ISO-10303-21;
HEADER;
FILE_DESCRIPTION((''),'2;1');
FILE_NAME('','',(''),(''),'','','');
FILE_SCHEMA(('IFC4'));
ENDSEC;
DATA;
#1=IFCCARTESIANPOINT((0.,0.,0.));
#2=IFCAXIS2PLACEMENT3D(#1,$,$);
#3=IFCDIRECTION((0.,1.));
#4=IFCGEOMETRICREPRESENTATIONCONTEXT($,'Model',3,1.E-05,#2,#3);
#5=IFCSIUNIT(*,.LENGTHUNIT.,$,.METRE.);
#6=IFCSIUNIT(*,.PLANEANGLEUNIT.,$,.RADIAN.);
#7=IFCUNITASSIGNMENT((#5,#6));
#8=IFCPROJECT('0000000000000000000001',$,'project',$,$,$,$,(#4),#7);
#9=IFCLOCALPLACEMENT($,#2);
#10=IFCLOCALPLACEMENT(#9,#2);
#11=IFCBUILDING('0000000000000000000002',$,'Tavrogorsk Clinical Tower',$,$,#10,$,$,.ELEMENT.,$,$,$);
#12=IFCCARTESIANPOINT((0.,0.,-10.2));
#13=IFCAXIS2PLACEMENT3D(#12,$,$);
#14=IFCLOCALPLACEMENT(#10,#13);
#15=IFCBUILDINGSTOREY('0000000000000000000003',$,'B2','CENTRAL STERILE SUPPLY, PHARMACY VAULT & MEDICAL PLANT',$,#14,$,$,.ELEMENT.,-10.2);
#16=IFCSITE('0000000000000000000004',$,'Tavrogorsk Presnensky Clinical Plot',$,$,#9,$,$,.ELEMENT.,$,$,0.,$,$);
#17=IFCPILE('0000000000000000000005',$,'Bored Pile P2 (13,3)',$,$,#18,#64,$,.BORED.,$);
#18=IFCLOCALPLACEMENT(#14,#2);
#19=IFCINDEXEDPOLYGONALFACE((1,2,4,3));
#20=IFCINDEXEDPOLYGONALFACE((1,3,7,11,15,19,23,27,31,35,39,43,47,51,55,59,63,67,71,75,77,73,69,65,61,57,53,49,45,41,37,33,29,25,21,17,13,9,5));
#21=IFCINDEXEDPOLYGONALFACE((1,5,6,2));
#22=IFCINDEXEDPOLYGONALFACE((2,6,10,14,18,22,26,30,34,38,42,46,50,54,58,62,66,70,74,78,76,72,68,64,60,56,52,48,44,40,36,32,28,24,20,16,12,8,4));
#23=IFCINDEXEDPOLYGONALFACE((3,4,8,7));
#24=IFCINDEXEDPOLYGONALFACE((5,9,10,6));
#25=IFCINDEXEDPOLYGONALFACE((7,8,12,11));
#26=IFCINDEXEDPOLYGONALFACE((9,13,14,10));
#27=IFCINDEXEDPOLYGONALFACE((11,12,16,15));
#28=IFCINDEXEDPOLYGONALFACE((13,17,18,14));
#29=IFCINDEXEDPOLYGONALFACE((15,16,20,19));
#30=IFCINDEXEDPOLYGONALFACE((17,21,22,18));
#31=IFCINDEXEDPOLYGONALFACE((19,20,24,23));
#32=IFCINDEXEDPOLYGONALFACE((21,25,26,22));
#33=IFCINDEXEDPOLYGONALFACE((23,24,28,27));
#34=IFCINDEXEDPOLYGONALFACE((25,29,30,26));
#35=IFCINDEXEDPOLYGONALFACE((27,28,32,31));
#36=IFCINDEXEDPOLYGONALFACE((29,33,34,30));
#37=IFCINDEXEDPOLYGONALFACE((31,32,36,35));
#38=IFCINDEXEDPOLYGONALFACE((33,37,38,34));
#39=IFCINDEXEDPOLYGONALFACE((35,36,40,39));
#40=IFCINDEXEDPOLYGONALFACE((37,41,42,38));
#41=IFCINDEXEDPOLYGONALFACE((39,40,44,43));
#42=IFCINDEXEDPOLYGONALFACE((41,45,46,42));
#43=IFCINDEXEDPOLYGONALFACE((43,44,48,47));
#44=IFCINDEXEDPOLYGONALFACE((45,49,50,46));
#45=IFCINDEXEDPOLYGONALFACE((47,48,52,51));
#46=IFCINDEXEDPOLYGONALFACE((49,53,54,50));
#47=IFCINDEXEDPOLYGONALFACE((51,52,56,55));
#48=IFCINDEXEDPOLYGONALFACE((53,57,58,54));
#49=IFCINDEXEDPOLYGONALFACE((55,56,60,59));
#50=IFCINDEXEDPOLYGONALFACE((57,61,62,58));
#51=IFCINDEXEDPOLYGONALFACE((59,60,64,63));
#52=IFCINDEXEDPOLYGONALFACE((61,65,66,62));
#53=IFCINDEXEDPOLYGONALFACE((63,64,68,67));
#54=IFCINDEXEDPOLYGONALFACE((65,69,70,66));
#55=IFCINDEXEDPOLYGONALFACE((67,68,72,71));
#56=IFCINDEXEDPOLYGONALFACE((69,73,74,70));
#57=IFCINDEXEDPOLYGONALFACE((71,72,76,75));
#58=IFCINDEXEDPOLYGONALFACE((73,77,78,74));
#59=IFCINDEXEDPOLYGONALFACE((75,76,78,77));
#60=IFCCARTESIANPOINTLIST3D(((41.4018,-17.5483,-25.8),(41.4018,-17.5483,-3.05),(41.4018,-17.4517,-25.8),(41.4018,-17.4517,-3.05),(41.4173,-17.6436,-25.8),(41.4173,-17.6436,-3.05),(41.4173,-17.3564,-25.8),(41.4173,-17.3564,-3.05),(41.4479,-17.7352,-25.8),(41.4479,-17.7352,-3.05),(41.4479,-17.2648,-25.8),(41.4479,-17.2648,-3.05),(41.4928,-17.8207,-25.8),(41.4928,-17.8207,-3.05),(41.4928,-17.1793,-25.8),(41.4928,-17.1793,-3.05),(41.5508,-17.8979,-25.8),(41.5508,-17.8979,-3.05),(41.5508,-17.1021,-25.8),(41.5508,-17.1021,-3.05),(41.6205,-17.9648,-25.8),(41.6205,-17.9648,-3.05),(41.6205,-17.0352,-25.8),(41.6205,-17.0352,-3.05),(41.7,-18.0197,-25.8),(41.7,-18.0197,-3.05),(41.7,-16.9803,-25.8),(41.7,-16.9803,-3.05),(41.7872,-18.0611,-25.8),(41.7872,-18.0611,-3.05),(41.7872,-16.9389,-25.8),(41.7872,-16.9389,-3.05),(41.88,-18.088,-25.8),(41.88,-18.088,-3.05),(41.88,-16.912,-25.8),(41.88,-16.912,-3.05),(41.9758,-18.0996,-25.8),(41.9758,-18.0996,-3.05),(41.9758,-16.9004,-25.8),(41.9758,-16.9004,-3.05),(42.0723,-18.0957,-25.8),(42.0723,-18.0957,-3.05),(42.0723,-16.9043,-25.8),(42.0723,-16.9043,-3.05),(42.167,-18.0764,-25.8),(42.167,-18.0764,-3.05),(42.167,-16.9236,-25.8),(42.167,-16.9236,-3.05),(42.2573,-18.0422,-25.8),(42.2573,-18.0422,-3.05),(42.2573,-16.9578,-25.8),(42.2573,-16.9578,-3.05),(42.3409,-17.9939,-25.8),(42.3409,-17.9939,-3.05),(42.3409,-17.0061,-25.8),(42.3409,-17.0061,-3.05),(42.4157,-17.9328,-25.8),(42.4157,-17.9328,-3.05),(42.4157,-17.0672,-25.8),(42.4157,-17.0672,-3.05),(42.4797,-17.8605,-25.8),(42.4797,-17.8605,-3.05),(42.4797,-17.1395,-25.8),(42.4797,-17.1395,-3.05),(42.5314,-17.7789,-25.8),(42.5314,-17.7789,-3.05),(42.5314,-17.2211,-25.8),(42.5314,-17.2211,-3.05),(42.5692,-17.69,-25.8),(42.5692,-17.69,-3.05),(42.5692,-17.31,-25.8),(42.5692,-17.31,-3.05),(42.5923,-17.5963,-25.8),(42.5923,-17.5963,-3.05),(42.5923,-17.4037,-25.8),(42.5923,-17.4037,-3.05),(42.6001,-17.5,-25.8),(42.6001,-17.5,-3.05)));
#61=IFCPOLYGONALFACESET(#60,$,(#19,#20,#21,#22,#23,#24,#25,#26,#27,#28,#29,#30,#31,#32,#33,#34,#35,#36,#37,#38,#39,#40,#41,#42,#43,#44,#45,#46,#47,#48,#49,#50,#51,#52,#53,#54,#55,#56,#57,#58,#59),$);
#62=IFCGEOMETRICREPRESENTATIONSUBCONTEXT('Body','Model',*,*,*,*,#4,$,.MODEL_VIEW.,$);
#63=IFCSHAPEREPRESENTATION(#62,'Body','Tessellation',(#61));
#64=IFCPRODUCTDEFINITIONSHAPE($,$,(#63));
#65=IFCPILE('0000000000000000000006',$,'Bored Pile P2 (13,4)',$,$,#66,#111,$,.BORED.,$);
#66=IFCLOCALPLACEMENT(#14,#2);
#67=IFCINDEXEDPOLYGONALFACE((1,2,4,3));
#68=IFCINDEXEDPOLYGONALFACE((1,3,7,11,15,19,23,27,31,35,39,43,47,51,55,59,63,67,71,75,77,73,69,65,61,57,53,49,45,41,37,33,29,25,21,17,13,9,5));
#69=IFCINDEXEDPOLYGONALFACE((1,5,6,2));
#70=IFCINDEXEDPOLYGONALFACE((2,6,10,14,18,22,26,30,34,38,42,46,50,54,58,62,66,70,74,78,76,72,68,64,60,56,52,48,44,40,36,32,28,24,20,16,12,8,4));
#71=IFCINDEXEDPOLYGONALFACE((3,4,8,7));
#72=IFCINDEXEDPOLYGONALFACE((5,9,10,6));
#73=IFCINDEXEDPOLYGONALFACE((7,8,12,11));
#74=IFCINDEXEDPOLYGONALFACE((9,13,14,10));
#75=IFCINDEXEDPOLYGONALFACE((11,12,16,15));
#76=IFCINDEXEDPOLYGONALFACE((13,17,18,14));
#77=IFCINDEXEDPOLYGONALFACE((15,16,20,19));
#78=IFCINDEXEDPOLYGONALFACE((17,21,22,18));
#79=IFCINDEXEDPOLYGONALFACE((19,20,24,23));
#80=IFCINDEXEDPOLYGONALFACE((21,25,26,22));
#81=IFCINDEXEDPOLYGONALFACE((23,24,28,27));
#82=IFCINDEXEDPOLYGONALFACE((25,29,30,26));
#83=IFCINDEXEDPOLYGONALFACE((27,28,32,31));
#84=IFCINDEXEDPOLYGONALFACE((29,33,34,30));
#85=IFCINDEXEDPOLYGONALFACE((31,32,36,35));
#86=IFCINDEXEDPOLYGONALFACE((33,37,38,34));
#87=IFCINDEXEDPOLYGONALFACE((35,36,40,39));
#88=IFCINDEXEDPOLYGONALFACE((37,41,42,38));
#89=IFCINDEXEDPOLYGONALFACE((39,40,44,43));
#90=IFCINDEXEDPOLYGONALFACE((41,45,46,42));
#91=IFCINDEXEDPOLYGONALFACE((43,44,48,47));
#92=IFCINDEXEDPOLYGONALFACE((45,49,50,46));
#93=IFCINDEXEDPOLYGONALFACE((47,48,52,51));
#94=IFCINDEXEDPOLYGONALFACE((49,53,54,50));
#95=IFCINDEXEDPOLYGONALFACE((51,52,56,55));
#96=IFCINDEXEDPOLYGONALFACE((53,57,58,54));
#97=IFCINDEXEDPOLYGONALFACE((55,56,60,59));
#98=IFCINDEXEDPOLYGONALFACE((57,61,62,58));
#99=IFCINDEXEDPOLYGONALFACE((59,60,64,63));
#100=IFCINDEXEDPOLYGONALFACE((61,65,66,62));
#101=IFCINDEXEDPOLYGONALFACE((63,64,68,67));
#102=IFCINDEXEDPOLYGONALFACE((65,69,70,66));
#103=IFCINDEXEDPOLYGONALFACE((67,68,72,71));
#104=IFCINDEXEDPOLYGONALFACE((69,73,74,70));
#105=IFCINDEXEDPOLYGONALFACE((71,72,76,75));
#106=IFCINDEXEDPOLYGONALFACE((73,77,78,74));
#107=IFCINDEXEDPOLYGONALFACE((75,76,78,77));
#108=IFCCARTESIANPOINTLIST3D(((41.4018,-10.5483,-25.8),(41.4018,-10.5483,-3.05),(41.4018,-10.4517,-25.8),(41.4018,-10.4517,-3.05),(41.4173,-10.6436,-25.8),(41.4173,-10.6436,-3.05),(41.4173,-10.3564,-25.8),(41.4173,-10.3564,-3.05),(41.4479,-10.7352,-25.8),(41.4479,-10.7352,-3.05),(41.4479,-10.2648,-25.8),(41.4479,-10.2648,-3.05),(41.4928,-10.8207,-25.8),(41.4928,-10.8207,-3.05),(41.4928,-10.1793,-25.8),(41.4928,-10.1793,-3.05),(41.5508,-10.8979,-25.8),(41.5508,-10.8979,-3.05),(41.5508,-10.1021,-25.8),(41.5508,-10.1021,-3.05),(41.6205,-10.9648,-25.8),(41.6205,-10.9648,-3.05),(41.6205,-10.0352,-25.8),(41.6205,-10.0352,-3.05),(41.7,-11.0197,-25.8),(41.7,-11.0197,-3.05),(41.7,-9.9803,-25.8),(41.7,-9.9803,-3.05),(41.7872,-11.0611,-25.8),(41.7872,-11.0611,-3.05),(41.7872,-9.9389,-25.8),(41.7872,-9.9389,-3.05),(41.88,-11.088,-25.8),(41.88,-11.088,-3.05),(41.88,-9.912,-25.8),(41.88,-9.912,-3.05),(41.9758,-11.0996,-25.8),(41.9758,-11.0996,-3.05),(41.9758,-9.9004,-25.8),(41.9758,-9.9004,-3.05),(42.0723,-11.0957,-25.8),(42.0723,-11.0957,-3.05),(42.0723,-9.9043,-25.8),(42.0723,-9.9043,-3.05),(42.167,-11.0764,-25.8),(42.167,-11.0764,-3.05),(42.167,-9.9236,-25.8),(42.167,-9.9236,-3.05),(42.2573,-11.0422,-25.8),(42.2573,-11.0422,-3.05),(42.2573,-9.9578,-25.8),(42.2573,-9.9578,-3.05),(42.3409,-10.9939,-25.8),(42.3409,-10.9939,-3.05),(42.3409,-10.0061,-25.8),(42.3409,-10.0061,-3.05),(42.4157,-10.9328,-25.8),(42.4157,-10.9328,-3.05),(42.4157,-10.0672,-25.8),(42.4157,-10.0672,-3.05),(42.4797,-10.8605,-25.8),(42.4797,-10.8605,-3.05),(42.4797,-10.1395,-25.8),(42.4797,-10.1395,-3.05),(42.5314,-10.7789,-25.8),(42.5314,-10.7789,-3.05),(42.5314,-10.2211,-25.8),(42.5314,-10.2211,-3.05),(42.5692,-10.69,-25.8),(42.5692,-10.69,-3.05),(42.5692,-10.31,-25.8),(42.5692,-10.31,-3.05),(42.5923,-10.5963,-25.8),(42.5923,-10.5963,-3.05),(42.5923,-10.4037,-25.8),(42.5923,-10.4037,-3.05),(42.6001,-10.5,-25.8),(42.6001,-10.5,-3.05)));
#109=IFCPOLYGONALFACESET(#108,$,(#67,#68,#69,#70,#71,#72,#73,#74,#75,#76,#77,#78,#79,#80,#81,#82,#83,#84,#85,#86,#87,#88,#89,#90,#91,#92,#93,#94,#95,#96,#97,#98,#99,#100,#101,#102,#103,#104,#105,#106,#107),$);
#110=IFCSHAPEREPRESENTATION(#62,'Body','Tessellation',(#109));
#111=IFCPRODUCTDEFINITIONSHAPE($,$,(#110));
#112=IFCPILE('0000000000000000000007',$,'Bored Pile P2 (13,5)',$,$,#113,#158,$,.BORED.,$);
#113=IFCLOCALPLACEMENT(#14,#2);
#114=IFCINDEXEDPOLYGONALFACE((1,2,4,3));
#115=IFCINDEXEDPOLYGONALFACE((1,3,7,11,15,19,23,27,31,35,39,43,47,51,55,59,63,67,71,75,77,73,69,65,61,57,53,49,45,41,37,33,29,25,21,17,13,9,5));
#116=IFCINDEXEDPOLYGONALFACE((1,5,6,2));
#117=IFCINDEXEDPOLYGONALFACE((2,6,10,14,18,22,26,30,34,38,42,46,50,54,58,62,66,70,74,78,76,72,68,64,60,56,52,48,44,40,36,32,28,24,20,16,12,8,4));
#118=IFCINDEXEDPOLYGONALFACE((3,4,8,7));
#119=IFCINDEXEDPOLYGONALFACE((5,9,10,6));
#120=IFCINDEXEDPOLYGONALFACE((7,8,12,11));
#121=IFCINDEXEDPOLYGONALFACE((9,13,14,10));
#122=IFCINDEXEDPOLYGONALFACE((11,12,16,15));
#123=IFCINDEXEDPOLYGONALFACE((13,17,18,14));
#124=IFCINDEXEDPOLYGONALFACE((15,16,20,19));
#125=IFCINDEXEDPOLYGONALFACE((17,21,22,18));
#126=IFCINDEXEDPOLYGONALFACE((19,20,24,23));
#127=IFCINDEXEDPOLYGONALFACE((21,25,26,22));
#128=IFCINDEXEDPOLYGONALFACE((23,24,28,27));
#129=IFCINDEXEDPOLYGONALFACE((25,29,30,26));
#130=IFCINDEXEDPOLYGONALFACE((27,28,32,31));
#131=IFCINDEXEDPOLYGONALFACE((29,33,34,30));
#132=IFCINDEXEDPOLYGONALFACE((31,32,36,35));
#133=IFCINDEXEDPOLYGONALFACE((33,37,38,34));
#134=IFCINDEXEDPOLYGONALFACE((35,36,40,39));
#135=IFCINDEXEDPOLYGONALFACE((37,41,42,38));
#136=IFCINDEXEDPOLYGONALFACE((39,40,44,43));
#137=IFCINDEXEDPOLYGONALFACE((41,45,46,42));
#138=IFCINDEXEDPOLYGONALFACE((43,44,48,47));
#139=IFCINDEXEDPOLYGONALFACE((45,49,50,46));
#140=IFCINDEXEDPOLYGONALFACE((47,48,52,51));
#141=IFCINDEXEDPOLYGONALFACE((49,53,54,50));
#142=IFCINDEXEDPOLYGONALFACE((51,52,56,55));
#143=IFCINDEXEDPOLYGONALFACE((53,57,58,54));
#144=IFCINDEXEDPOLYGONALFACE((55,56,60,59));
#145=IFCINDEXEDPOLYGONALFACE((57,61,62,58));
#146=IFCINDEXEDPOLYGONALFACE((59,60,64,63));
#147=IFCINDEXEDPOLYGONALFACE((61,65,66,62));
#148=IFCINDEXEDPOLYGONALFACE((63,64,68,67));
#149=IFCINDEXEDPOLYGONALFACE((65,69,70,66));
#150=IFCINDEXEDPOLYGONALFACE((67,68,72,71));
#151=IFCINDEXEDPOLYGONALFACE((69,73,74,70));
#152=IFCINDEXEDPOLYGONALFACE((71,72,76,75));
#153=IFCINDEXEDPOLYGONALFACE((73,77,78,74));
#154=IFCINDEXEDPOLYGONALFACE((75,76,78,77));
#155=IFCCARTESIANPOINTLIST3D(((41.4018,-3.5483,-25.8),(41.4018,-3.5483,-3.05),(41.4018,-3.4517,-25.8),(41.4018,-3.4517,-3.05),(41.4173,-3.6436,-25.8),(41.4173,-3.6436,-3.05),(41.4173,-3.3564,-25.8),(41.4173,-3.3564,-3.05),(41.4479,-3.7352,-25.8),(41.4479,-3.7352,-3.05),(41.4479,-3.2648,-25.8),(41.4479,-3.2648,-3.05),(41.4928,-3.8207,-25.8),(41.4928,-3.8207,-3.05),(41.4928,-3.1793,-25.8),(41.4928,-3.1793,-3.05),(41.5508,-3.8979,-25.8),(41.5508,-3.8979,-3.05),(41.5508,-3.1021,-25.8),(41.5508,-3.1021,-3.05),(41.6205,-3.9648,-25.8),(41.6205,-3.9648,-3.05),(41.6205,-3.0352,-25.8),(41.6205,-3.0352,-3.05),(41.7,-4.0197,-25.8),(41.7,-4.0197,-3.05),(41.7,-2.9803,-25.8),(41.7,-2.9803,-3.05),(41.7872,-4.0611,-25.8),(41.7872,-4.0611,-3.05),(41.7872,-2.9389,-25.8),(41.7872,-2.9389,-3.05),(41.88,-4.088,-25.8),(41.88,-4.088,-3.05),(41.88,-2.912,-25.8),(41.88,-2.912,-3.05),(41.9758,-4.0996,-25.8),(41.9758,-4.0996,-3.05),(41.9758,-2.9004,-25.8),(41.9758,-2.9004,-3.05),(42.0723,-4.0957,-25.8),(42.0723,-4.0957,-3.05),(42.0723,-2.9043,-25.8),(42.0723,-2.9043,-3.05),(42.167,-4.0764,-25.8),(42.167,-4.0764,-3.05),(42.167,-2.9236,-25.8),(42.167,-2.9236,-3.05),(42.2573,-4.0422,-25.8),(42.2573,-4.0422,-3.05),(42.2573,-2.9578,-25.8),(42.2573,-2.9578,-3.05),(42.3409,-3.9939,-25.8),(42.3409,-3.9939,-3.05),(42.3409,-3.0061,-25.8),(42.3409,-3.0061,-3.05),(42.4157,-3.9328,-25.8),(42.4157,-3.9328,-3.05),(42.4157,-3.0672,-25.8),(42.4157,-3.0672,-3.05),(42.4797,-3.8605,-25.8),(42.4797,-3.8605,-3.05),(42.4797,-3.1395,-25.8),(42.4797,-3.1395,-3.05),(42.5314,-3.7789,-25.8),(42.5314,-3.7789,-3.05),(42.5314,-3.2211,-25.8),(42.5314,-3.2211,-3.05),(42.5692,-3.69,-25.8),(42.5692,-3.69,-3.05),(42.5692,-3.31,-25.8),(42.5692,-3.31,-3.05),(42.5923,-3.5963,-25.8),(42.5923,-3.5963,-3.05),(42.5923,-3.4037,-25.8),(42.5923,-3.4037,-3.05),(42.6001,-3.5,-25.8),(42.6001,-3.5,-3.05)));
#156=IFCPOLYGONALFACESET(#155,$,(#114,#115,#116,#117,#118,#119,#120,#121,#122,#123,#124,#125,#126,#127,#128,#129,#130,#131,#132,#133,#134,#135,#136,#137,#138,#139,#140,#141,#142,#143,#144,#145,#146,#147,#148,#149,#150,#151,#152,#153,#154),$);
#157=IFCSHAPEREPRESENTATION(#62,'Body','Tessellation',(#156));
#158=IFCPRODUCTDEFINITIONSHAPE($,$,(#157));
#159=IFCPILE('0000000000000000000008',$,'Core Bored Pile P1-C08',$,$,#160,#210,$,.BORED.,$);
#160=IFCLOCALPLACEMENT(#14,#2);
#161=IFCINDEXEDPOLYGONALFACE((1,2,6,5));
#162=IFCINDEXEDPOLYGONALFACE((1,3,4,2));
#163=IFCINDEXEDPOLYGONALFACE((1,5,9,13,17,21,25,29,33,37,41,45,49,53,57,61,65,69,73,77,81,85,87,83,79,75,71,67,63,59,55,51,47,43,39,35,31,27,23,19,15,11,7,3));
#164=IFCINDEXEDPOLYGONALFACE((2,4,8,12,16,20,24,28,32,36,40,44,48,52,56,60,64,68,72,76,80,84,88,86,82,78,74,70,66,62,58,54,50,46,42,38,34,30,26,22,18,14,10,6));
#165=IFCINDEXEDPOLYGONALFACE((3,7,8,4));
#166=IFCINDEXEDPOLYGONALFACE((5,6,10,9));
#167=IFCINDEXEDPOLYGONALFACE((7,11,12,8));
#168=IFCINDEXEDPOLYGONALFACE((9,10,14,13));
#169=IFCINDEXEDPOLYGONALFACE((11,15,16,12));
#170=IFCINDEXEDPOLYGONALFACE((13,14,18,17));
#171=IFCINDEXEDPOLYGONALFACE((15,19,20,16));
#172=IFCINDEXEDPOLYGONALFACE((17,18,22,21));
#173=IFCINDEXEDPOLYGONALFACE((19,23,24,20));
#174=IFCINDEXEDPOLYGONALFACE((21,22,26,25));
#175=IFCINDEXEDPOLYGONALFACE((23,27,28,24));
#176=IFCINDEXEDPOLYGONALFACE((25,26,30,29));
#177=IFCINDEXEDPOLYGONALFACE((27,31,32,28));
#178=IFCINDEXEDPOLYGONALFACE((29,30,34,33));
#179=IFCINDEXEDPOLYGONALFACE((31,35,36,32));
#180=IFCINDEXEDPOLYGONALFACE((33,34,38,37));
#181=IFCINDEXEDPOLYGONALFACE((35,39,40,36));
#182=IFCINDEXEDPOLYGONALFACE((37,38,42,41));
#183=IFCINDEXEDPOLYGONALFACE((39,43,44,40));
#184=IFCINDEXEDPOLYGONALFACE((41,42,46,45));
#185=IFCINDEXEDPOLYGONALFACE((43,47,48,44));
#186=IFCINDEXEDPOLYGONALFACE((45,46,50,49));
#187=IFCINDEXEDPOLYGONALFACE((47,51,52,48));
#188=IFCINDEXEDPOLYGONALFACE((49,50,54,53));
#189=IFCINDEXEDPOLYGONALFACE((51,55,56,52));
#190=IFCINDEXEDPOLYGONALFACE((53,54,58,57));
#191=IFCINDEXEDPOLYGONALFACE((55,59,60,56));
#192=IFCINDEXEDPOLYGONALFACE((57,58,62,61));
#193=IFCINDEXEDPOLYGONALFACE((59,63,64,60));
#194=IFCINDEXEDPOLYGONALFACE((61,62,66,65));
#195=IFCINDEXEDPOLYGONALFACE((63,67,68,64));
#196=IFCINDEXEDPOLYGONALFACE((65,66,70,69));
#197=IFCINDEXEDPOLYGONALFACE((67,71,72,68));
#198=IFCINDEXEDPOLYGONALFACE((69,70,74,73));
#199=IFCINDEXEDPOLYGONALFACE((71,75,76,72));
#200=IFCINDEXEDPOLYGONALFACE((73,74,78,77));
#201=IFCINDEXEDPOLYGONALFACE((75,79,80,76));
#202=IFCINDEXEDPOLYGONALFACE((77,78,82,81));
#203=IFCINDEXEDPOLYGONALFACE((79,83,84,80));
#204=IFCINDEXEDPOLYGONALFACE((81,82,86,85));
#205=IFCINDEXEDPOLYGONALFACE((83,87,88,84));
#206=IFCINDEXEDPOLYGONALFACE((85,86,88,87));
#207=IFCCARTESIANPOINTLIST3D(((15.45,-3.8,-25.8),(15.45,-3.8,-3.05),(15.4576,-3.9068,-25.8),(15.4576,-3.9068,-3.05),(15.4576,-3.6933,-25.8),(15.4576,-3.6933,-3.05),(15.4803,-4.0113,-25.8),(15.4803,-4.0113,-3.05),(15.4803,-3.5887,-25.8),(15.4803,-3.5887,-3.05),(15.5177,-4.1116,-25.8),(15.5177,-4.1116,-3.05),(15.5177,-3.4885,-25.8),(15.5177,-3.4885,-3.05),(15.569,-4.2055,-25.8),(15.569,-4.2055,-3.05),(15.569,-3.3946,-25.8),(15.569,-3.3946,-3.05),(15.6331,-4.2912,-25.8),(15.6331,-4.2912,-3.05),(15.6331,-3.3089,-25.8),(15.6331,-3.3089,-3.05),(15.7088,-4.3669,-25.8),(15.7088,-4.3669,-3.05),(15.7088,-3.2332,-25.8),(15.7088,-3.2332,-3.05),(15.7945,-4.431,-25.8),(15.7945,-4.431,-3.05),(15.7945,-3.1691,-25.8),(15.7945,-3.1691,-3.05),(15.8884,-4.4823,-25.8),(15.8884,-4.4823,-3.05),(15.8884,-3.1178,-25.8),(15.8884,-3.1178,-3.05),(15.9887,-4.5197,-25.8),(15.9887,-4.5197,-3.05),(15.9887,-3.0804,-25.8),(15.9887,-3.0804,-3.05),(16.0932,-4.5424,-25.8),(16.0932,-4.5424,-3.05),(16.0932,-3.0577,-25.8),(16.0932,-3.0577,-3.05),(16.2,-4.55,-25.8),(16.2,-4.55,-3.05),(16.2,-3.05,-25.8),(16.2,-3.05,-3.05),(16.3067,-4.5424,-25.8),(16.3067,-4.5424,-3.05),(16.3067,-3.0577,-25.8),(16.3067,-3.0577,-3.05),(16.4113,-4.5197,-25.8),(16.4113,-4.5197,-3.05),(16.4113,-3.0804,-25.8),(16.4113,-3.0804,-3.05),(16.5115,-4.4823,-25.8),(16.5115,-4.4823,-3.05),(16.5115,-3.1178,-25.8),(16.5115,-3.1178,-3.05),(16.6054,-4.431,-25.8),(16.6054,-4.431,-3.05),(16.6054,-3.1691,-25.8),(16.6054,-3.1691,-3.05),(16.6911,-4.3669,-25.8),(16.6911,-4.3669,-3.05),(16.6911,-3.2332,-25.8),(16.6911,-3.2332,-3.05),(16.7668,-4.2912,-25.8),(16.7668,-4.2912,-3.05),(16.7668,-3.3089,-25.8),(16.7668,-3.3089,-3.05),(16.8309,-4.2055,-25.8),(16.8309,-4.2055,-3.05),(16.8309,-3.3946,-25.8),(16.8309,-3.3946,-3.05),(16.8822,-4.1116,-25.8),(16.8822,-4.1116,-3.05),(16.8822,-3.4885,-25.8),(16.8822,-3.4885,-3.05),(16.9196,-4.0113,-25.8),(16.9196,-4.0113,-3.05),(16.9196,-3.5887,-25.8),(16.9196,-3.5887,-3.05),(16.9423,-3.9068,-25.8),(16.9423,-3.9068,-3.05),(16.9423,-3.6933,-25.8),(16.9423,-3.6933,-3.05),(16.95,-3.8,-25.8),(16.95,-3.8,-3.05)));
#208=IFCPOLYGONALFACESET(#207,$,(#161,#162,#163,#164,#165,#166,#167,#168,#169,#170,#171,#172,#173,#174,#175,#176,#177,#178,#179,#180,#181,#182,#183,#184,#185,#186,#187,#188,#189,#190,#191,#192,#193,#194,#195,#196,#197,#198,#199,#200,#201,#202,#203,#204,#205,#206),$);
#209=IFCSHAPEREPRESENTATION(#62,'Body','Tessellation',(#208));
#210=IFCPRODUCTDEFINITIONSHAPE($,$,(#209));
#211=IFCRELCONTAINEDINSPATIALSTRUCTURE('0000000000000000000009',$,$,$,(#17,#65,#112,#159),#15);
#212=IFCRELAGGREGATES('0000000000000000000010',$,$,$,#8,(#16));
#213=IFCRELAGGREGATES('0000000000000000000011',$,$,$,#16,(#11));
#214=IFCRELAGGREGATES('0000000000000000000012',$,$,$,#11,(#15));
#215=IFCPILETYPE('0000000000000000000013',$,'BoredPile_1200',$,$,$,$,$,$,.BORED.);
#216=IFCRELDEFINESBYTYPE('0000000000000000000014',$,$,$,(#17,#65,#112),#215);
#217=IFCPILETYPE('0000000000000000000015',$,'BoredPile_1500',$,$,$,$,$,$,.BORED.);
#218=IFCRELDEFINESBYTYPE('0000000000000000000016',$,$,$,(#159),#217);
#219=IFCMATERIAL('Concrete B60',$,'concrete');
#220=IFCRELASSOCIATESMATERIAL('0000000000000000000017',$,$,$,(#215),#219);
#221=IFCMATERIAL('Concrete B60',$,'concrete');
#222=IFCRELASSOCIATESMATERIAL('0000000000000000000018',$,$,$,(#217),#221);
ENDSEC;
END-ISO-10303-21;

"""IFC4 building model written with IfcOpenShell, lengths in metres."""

from ifc_helpers import new_model, si_unit, direction, frame, origin, origin_2d, place, context, subcontext, project, spatial, circle, extrude, material, material_profile, profile_set, type_object, element, save


model = new_model("IFC4")

# Units and contexts
model_context = context("Model", 3, precision=1e-05, world=origin(), true_north=direction((0.0, 1.0)))
body_context = subcontext(model_context, "Body", "Model", "MODEL_VIEW")
ifc_project = project(units=[si_unit("LENGTHUNIT", "METRE"), si_unit("PLANEANGLEUNIT", "RADIAN")], contexts=[model_context])

# Site, building, storey
site_placement = place(None, origin())
site = spatial("IfcSite", under=ifc_project, at=site_placement, Name="Tavrogorsk Presnensky Clinical Plot", CompositionType="ELEMENT", RefElevation=0.0)
building_placement = place(site_placement, origin())
building = spatial("IfcBuilding", under=site, at=building_placement, Name="Tavrogorsk Clinical Tower", CompositionType="ELEMENT")
storey_placement = place(building_placement, frame((0.0, 0.0, -10.2)))
storey = spatial("IfcBuildingStorey", under=building, at=storey_placement, Name="B2", Description="CENTRAL STERILE SUPPLY, PHARMACY VAULT & MEDICAL PLANT", CompositionType="ELEMENT", Elevation=-10.2)

# Piles
ifc_material_1 = material(Name="Concrete B60", Category="concrete")
ifc_material_profile_1 = material_profile(ifc_material_1, circle(Radius=0.6001, at=origin_2d()), Name="BORED-PILE-1200")
ifc_profile_set_1 = profile_set([ifc_material_profile_1], Name="Concrete B60")
pile_type_1 = type_object("IfcPileType", Name="BoredPile_1200", PredefinedType="BORED", material=ifc_profile_set_1)
for number, where, z_axis, x_axis, name in (
    (1, (42.0, -17.5, -3.05), (0.0, 0.0, -1.0), (1.0, 0.0, 0.0), "Bored Pile P2 (13,3)"),
    (2, (42.0, -10.5, -3.05), (0.0, 0.0, -1.0), (1.0, 0.0, 0.0), "Bored Pile P2 (13,4)"),
    (3, (42.0, -3.5, -3.05), (0.0, 0.0, -1.0), (1.0, 0.0, 0.0), "Bored Pile P2 (13,5)"),
):
    element("IfcPile", number, at=place(storey_placement, frame(where, z_axis=z_axis, x_axis=x_axis)), inside=storey, type_object=pile_type_1, Name=name, PredefinedType="BORED", context=body_context, shape_type="SweptSolid", body=[
        extrude(circle(Radius=0.6001, at=origin_2d()), origin(), (0.0, 0.0, 1.0), 22.75),
    ])
ifc_material_2 = material(Name="Concrete B60", Category="concrete")
ifc_material_profile_2 = material_profile(ifc_material_2, circle(Radius=0.75, at=origin_2d()), Name="BORED-PILE-1500")
ifc_profile_set_2 = profile_set([ifc_material_profile_2], Name="Concrete B60")
pile_type_2 = type_object("IfcPileType", Name="BoredPile_1500", PredefinedType="BORED", material=ifc_profile_set_2)
for number, where, z_axis, x_axis, name in (
    (4, (16.2, -3.8, -3.05), (0.0, 0.0, -1.0), (1.0, 0.0, 0.0), "Core Bored Pile P1-C08"),
):
    element("IfcPile", number, at=place(storey_placement, frame(where, z_axis=z_axis, x_axis=x_axis)), inside=storey, type_object=pile_type_2, Name=name, PredefinedType="BORED", context=body_context, shape_type="SweptSolid", body=[
        extrude(circle(Radius=0.75, at=origin_2d()), origin(), (0.0, 0.0, 1.0), 22.75),
    ])

save(model, "model.ifc")
